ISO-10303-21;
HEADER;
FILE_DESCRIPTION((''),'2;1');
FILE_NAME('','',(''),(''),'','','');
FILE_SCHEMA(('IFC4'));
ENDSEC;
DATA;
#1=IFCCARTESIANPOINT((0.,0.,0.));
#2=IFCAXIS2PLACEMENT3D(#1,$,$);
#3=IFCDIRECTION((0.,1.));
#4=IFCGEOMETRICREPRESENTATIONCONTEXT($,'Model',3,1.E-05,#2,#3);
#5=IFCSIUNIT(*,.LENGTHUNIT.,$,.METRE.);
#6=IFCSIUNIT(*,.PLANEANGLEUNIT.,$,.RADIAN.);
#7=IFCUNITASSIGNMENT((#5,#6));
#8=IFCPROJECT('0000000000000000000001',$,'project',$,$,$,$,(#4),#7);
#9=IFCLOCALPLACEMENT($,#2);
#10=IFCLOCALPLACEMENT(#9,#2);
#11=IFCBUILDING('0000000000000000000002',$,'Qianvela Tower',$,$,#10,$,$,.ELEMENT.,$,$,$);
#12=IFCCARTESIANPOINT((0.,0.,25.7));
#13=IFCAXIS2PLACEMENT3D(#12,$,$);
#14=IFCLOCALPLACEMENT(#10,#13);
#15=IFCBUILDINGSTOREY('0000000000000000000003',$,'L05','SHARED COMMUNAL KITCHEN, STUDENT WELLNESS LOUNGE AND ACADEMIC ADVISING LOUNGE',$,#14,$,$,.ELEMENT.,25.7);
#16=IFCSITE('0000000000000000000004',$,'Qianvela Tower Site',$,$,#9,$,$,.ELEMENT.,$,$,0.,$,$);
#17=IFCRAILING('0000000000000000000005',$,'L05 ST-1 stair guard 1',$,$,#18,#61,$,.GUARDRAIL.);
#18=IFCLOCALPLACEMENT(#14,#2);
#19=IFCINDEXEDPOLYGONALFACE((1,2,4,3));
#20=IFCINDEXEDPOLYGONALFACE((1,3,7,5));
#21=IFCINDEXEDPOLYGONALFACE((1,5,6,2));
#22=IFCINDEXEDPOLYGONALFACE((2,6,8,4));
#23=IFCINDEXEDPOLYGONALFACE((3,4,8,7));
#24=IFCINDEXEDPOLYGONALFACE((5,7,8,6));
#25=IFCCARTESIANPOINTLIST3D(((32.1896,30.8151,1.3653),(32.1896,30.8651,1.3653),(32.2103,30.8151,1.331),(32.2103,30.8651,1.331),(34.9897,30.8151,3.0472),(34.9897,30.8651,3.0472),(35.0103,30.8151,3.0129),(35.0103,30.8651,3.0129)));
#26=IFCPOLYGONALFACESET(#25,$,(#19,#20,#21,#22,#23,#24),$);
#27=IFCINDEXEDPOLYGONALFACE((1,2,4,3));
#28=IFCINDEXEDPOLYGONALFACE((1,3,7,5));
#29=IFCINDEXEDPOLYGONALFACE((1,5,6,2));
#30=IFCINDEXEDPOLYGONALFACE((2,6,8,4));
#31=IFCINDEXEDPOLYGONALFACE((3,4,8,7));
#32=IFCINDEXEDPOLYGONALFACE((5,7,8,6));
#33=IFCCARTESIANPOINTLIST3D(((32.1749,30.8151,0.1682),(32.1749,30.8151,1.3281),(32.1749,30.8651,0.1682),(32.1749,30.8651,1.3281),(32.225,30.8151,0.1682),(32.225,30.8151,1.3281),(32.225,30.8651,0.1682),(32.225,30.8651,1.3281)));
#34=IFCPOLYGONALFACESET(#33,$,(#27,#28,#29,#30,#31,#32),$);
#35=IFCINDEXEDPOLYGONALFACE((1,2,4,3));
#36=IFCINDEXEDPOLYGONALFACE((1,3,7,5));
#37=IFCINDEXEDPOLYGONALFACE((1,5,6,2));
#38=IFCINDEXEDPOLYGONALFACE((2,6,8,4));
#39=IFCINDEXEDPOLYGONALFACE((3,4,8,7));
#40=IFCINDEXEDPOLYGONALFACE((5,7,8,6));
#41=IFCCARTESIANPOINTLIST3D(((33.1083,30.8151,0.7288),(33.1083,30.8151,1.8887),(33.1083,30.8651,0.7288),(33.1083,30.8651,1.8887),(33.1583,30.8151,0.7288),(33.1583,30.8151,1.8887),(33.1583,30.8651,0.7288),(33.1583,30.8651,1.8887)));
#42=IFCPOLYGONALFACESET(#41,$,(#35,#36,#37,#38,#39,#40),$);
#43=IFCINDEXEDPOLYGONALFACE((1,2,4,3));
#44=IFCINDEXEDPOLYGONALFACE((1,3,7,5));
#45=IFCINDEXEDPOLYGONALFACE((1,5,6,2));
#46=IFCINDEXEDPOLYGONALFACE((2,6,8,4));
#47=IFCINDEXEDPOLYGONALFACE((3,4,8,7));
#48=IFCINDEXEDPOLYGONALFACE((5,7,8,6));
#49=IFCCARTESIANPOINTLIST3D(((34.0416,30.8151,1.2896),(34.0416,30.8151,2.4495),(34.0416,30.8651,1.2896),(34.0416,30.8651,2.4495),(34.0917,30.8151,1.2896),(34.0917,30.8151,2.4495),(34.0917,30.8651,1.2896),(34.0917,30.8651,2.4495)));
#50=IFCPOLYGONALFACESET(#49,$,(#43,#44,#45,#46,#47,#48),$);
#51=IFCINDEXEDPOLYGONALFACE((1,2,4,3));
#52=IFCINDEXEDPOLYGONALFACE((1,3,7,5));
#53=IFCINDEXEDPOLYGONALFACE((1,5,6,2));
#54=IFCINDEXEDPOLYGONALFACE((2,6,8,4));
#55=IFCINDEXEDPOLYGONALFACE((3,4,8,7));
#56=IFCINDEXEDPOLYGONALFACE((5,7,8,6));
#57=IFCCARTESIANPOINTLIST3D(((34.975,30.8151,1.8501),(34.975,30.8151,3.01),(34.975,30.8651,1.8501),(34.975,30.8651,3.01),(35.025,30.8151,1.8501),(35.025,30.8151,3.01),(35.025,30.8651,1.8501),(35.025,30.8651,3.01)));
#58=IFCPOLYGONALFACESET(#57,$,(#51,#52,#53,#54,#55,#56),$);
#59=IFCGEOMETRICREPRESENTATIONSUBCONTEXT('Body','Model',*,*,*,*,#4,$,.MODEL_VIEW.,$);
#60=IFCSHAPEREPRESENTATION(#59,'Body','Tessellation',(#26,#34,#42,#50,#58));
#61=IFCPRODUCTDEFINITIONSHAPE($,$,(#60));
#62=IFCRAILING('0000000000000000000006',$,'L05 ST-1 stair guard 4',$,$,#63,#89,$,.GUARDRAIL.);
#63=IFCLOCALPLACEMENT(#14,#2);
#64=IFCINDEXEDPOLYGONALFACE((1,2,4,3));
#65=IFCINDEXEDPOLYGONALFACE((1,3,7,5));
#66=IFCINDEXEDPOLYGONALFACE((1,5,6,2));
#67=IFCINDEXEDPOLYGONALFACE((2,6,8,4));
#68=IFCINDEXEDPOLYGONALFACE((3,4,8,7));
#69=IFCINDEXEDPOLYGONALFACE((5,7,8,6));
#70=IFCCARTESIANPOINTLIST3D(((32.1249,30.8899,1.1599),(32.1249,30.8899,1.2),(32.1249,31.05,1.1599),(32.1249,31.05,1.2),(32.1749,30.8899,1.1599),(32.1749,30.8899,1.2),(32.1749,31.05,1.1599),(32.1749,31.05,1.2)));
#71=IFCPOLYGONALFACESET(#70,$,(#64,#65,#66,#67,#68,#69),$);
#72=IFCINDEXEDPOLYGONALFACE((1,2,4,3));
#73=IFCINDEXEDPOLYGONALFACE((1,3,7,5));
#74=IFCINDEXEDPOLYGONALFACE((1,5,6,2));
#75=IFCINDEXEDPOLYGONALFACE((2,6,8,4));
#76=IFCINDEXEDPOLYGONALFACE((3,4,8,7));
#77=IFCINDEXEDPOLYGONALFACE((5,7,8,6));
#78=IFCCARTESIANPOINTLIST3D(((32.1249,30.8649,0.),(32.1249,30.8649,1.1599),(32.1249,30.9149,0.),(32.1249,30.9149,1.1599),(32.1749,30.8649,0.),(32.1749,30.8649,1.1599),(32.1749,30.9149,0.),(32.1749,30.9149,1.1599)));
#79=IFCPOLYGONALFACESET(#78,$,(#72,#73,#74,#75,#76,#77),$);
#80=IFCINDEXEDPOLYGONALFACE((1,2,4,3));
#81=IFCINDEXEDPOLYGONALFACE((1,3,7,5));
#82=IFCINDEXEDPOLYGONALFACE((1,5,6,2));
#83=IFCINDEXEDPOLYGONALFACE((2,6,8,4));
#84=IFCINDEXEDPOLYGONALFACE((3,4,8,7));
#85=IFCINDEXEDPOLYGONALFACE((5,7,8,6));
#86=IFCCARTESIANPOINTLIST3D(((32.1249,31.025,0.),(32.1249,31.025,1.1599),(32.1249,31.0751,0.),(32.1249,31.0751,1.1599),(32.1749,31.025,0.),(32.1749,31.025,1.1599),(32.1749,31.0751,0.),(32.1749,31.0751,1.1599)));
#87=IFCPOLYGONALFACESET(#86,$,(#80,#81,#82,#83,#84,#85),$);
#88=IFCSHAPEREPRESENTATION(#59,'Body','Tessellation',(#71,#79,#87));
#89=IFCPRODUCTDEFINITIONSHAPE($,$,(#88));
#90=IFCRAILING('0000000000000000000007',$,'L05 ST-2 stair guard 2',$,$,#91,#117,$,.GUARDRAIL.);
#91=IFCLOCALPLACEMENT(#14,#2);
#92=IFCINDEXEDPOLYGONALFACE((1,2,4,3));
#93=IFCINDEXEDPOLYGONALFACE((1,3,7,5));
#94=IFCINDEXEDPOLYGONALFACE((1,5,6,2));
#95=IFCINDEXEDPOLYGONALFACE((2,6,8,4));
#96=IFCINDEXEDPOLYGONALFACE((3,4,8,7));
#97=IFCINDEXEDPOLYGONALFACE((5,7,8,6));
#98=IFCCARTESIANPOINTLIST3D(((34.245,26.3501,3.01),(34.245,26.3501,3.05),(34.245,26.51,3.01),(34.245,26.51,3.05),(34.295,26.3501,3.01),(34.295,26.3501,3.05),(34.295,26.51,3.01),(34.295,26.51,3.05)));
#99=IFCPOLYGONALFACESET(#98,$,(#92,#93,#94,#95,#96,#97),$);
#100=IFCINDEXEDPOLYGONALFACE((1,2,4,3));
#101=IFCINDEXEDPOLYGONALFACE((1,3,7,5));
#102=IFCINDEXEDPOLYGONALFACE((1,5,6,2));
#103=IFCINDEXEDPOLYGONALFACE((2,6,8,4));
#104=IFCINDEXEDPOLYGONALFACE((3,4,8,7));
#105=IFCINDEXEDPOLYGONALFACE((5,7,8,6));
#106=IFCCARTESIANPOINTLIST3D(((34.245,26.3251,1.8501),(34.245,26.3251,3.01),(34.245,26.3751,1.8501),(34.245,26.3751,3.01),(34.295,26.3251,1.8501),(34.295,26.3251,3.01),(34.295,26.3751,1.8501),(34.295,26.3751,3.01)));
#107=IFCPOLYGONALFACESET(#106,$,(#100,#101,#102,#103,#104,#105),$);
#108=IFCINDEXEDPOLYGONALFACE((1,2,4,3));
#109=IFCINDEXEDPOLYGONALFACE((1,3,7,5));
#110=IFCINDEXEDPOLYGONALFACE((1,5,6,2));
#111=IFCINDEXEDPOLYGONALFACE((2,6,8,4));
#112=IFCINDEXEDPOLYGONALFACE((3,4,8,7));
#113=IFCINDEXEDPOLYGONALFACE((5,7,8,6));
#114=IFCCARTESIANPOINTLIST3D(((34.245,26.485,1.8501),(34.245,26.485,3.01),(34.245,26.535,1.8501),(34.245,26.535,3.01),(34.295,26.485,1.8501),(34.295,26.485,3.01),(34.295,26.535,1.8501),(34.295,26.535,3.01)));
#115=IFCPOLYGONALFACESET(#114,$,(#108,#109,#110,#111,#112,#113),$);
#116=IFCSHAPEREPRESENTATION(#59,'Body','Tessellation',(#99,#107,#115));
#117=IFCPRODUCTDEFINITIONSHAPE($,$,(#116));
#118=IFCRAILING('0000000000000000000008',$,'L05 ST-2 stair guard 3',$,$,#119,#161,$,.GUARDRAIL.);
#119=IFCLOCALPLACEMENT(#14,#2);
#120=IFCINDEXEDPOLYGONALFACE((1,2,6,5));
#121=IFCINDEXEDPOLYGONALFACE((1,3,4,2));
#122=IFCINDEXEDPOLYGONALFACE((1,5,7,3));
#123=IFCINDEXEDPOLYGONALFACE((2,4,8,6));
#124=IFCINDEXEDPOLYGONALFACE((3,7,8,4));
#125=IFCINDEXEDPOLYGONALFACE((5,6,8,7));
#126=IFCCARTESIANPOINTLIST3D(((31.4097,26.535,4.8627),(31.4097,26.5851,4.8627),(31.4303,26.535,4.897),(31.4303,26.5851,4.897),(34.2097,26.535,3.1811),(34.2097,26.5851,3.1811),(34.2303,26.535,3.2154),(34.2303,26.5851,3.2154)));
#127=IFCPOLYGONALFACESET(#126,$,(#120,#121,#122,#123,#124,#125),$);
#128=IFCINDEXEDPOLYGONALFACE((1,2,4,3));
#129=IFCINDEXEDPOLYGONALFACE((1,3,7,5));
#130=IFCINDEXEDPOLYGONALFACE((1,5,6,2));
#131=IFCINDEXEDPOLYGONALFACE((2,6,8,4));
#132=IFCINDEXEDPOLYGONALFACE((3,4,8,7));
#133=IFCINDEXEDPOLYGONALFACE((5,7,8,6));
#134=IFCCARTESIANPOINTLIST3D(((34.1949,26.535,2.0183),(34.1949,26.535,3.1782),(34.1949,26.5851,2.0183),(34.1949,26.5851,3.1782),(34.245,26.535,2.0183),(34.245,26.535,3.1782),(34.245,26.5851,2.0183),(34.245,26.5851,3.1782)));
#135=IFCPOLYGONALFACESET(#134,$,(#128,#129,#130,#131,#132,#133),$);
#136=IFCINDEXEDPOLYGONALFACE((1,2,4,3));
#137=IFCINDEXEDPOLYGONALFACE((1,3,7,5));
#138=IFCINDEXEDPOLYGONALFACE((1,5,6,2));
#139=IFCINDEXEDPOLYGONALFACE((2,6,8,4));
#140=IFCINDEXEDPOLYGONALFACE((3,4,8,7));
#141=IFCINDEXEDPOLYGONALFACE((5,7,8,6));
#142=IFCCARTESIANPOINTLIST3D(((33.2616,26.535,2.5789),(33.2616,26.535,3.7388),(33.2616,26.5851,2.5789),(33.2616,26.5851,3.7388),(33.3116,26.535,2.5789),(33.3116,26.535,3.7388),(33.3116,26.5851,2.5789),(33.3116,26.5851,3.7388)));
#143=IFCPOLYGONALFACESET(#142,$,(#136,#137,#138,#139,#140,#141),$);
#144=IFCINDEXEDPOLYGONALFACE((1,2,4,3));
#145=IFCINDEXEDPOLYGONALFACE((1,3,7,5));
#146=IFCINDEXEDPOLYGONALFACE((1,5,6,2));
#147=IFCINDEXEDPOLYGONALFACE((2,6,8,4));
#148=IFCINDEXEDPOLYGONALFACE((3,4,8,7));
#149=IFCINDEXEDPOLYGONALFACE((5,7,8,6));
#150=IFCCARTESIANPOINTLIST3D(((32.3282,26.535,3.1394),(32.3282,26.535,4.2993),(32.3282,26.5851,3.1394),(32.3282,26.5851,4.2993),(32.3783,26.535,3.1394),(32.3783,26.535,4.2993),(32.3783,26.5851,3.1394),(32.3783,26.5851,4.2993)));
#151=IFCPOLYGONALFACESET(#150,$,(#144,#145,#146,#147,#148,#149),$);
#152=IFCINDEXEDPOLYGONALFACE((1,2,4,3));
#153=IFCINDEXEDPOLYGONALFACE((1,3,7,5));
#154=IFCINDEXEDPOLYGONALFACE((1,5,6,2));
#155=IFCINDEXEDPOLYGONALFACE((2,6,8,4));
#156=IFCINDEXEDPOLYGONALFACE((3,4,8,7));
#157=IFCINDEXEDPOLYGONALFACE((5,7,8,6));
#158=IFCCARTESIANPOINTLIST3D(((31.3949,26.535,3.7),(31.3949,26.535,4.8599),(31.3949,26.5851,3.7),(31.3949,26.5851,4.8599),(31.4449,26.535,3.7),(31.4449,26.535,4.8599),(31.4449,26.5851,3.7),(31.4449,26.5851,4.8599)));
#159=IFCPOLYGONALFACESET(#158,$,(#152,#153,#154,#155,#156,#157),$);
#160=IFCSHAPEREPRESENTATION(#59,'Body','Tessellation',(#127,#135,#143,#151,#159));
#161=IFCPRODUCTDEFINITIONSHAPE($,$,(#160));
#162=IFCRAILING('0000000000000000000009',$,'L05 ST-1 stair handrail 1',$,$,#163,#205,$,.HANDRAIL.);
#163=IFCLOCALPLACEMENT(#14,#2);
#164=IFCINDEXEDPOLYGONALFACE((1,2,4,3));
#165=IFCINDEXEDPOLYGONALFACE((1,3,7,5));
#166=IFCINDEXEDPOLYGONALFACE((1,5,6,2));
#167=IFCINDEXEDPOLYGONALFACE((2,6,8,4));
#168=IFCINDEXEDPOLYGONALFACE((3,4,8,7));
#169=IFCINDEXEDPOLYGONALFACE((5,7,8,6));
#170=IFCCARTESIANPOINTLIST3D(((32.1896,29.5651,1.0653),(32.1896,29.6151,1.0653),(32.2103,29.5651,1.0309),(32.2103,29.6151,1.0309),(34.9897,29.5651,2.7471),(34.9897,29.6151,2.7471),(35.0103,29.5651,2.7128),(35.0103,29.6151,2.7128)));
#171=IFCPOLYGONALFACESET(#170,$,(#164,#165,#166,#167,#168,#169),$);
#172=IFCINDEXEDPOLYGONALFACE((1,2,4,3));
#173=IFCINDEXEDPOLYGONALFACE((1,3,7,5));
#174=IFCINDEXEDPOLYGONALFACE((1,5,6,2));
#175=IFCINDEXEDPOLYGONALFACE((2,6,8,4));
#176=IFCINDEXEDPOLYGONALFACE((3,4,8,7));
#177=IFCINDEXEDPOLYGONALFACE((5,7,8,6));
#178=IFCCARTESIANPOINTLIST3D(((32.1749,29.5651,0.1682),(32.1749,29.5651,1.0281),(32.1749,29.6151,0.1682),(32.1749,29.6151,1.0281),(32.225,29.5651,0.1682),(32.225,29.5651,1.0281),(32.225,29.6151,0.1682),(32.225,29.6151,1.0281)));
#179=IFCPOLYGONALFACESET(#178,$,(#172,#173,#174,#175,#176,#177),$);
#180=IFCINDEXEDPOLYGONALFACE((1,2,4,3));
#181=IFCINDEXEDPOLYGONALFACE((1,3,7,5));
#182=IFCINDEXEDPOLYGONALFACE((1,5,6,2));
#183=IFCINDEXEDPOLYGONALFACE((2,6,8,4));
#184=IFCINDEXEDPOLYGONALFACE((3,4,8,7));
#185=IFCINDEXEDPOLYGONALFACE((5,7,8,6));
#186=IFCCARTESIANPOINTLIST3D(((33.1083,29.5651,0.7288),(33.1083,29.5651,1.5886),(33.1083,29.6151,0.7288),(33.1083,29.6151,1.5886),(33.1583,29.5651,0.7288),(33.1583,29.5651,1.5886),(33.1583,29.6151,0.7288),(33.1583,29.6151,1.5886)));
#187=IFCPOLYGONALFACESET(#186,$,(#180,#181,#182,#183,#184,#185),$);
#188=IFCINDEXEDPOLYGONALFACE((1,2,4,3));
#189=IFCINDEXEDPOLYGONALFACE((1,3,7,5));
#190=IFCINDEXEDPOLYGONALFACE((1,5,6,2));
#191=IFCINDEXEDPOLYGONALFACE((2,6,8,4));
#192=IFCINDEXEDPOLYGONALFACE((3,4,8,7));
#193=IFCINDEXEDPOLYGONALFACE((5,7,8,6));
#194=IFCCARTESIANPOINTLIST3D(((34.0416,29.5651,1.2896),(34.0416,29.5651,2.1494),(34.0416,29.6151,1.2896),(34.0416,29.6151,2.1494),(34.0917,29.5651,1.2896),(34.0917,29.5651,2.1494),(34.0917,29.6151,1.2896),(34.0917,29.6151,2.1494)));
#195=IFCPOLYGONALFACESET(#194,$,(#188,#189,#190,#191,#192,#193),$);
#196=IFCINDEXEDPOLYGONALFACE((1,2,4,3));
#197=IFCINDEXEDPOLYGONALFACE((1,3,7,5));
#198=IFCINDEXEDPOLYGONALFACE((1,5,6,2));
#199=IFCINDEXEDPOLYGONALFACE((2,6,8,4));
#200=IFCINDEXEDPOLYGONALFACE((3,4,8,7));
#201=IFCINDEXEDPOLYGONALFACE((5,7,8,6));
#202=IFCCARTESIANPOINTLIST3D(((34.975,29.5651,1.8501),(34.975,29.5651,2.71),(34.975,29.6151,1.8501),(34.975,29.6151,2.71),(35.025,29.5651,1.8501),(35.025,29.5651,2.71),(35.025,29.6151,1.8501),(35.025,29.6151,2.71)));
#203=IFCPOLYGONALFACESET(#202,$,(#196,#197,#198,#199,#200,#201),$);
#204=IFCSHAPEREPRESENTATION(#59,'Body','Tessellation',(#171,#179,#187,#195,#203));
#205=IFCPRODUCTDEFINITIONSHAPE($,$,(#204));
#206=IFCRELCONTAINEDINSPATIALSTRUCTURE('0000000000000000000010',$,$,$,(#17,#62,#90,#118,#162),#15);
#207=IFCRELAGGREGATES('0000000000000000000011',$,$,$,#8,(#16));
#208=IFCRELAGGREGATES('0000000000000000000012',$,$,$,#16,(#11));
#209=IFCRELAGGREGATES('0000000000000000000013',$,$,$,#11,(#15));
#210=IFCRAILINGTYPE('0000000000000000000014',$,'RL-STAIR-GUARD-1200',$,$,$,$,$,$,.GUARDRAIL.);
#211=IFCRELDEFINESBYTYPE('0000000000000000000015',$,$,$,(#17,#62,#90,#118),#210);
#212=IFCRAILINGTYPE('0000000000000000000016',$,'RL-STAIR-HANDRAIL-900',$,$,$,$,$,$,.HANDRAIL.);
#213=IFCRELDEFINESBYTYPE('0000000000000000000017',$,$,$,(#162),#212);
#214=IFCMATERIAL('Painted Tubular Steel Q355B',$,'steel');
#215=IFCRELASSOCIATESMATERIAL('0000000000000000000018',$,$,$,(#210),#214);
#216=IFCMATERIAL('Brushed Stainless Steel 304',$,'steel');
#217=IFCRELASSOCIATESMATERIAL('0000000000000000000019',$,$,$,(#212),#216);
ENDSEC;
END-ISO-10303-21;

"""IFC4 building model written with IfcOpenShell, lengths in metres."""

from ifc_helpers import new_model, si_unit, direction, frame, origin, origin_2d, place, context, subcontext, project, spatial, rectangle, extrude, material, type_object, element, save


model = new_model("IFC4")

# Units and contexts
model_context = context("Model", 3, precision=1e-05, world=origin(), true_north=direction((0.0, 1.0)))
body_context = subcontext(model_context, "Body", "Model", "MODEL_VIEW")
ifc_project = project(units=[si_unit("LENGTHUNIT", "METRE"), si_unit("PLANEANGLEUNIT", "RADIAN")], contexts=[model_context])

# Site, building, storey
site_placement = place(None, origin())
site = spatial("IfcSite", under=ifc_project, at=site_placement, Name="Qianvela Tower Site", CompositionType="ELEMENT", RefElevation=0.0)
building_placement = place(site_placement, origin())
building = spatial("IfcBuilding", under=site, at=building_placement, Name="Qianvela Tower", CompositionType="ELEMENT")
storey_placement = place(building_placement, frame((0.0, 0.0, 25.7)))
storey = spatial("IfcBuildingStorey", under=building, at=storey_placement, Name="L05", Description="SHARED COMMUNAL KITCHEN, STUDENT WELLNESS LOUNGE AND ACADEMIC ADVISING LOUNGE", CompositionType="ELEMENT", Elevation=25.7)

# Railings
ifc_material_1 = material(Name="Painted Tubular Steel Q355B", Category="steel")
railing_type_1 = type_object("IfcRailingType", Name="RL-STAIR-GUARD-1200", PredefinedType="GUARDRAIL", material=ifc_material_1)
railing_1_placement = place(storey_placement, frame((32.2, 30.8401, 0.1682)))
element("IfcRailing", 1, at=railing_1_placement, inside=storey, type_object=railing_type_1, Name="L05 ST-1 stair guard 1", PredefinedType="GUARDRAIL", context=body_context, shape_type="SweptSolid", body=[
    extrude(rectangle(XDim=0.05, YDim=0.04, at=origin_2d()), frame((0.0, 0.0, 1.1799), z_axis=(0.857242, 0.0, 0.514913), x_axis=(0.0, 1.0, 0.0)), (0.0, 0.0, 1.0), 3.2664),
    extrude(rectangle(XDim=0.05, YDim=0.05, at=origin_2d()), origin(), (0.0, 0.0, 1.0), 1.1599),
    extrude(rectangle(XDim=0.05, YDim=0.05, at=origin_2d()), frame((0.9333, 0.0, 0.5605)), (0.0, 0.0, 1.0), 1.1599),
    extrude(rectangle(XDim=0.05, YDim=0.05, at=origin_2d()), frame((1.8667, 0.0, 1.1213)), (0.0, 0.0, 1.0), 1.1599),
    extrude(rectangle(XDim=0.05, YDim=0.05, at=origin_2d()), frame((2.8, 0.0, 1.6819)), (0.0, 0.0, 1.0), 1.1599),
])
railing_2_placement = place(storey_placement, frame((32.1499, 30.8899, 0.0)))
element("IfcRailing", 2, at=railing_2_placement, inside=storey, type_object=railing_type_1, Name="L05 ST-1 stair guard 4", PredefinedType="GUARDRAIL", context=body_context, shape_type="SweptSolid", body=[
    extrude(rectangle(XDim=0.05, YDim=0.04, at=origin_2d()), frame((0.0, 0.0, 1.1799), z_axis=(0.0, 1.0, 0.0), x_axis=(-1.0, 0.0, 0.0)), (0.0, 0.0, 1.0), 0.1602),
    extrude(rectangle(XDim=0.05, YDim=0.05, at=origin_2d()), origin(), (0.0, 0.0, 1.0), 1.1599),
    extrude(rectangle(XDim=0.05, YDim=0.05, at=origin_2d()), frame((0.0, 0.1602, 0.0)), (0.0, 0.0, 1.0), 1.1599),
])
railing_3_placement = place(storey_placement, frame((34.27, 26.3501, 1.8501)))
element("IfcRailing", 3, at=railing_3_placement, inside=storey, type_object=railing_type_1, Name="L05 ST-2 stair guard 2", PredefinedType="GUARDRAIL", context=body_context, shape_type="SweptSolid", body=[
    extrude(rectangle(XDim=0.05, YDim=0.04, at=origin_2d()), frame((0.0, 0.0, 1.1799), z_axis=(0.0, 1.0, 0.0), x_axis=(-1.0, 0.0, 0.0)), (0.0, 0.0, 1.0), 0.1599),
    extrude(rectangle(XDim=0.05, YDim=0.05, at=origin_2d()), origin(), (0.0, 0.0, 1.0), 1.1599),
    extrude(rectangle(XDim=0.05, YDim=0.05, at=origin_2d()), frame((0.0, 0.1599, 0.0)), (0.0, 0.0, 1.0), 1.1599),
])
railing_4_placement = place(storey_placement, frame((34.22, 26.5601, 2.0183)))
element("IfcRailing", 4, at=railing_4_placement, inside=storey, type_object=railing_type_1, Name="L05 ST-2 stair guard 3", PredefinedType="GUARDRAIL", context=body_context, shape_type="SweptSolid", body=[
    extrude(rectangle(XDim=0.05, YDim=0.04, at=origin_2d()), frame((0.0, 0.0, 1.1799), z_axis=(-0.857275, 0.0, 0.514858), x_axis=(0.0, -1.0, 0.0)), (0.0, 0.0, 1.0), 3.2661),
    extrude(rectangle(XDim=0.05, YDim=0.05, at=origin_2d()), origin(), (0.0, 0.0, 1.0), 1.1599),
    extrude(rectangle(XDim=0.05, YDim=0.05, at=origin_2d()), frame((-0.9333, 0.0, 0.5605)), (0.0, 0.0, 1.0), 1.1599),
    extrude(rectangle(XDim=0.05, YDim=0.05, at=origin_2d()), frame((-1.8667, 0.0, 1.1211)), (0.0, 0.0, 1.0), 1.1599),
    extrude(rectangle(XDim=0.05, YDim=0.05, at=origin_2d()), frame((-2.8, 0.0, 1.6816)), (0.0, 0.0, 1.0), 1.1599),
])
ifc_material_2 = material(Name="Brushed Stainless Steel 304", Category="steel")
railing_type_2 = type_object("IfcRailingType", Name="RL-STAIR-HANDRAIL-900", PredefinedType="HANDRAIL", material=ifc_material_2)
railing_5_placement = place(storey_placement, frame((32.2, 29.5901, 0.1682)))
element("IfcRailing", 5, at=railing_5_placement, inside=storey, type_object=railing_type_2, Name="L05 ST-1 stair handrail 1", PredefinedType="HANDRAIL", context=body_context, shape_type="SweptSolid", body=[
    extrude(rectangle(XDim=0.05, YDim=0.04, at=origin_2d()), frame((0.0, 0.0, 0.8799), z_axis=(0.857242, 0.0, 0.514913), x_axis=(0.0, 1.0, 0.0)), (0.0, 0.0, 1.0), 3.2664),
    extrude(rectangle(XDim=0.05, YDim=0.05, at=origin_2d()), origin(), (0.0, 0.0, 1.0), 0.8599),
    extrude(rectangle(XDim=0.05, YDim=0.05, at=origin_2d()), frame((0.9333, 0.0, 0.5605)), (0.0, 0.0, 1.0), 0.8599),
    extrude(rectangle(XDim=0.05, YDim=0.05, at=origin_2d()), frame((1.8667, 0.0, 1.1213)), (0.0, 0.0, 1.0), 0.8599),
    extrude(rectangle(XDim=0.05, YDim=0.05, at=origin_2d()), frame((2.8, 0.0, 1.6819)), (0.0, 0.0, 1.0), 0.8599),
])

save(model, "model.ifc")
